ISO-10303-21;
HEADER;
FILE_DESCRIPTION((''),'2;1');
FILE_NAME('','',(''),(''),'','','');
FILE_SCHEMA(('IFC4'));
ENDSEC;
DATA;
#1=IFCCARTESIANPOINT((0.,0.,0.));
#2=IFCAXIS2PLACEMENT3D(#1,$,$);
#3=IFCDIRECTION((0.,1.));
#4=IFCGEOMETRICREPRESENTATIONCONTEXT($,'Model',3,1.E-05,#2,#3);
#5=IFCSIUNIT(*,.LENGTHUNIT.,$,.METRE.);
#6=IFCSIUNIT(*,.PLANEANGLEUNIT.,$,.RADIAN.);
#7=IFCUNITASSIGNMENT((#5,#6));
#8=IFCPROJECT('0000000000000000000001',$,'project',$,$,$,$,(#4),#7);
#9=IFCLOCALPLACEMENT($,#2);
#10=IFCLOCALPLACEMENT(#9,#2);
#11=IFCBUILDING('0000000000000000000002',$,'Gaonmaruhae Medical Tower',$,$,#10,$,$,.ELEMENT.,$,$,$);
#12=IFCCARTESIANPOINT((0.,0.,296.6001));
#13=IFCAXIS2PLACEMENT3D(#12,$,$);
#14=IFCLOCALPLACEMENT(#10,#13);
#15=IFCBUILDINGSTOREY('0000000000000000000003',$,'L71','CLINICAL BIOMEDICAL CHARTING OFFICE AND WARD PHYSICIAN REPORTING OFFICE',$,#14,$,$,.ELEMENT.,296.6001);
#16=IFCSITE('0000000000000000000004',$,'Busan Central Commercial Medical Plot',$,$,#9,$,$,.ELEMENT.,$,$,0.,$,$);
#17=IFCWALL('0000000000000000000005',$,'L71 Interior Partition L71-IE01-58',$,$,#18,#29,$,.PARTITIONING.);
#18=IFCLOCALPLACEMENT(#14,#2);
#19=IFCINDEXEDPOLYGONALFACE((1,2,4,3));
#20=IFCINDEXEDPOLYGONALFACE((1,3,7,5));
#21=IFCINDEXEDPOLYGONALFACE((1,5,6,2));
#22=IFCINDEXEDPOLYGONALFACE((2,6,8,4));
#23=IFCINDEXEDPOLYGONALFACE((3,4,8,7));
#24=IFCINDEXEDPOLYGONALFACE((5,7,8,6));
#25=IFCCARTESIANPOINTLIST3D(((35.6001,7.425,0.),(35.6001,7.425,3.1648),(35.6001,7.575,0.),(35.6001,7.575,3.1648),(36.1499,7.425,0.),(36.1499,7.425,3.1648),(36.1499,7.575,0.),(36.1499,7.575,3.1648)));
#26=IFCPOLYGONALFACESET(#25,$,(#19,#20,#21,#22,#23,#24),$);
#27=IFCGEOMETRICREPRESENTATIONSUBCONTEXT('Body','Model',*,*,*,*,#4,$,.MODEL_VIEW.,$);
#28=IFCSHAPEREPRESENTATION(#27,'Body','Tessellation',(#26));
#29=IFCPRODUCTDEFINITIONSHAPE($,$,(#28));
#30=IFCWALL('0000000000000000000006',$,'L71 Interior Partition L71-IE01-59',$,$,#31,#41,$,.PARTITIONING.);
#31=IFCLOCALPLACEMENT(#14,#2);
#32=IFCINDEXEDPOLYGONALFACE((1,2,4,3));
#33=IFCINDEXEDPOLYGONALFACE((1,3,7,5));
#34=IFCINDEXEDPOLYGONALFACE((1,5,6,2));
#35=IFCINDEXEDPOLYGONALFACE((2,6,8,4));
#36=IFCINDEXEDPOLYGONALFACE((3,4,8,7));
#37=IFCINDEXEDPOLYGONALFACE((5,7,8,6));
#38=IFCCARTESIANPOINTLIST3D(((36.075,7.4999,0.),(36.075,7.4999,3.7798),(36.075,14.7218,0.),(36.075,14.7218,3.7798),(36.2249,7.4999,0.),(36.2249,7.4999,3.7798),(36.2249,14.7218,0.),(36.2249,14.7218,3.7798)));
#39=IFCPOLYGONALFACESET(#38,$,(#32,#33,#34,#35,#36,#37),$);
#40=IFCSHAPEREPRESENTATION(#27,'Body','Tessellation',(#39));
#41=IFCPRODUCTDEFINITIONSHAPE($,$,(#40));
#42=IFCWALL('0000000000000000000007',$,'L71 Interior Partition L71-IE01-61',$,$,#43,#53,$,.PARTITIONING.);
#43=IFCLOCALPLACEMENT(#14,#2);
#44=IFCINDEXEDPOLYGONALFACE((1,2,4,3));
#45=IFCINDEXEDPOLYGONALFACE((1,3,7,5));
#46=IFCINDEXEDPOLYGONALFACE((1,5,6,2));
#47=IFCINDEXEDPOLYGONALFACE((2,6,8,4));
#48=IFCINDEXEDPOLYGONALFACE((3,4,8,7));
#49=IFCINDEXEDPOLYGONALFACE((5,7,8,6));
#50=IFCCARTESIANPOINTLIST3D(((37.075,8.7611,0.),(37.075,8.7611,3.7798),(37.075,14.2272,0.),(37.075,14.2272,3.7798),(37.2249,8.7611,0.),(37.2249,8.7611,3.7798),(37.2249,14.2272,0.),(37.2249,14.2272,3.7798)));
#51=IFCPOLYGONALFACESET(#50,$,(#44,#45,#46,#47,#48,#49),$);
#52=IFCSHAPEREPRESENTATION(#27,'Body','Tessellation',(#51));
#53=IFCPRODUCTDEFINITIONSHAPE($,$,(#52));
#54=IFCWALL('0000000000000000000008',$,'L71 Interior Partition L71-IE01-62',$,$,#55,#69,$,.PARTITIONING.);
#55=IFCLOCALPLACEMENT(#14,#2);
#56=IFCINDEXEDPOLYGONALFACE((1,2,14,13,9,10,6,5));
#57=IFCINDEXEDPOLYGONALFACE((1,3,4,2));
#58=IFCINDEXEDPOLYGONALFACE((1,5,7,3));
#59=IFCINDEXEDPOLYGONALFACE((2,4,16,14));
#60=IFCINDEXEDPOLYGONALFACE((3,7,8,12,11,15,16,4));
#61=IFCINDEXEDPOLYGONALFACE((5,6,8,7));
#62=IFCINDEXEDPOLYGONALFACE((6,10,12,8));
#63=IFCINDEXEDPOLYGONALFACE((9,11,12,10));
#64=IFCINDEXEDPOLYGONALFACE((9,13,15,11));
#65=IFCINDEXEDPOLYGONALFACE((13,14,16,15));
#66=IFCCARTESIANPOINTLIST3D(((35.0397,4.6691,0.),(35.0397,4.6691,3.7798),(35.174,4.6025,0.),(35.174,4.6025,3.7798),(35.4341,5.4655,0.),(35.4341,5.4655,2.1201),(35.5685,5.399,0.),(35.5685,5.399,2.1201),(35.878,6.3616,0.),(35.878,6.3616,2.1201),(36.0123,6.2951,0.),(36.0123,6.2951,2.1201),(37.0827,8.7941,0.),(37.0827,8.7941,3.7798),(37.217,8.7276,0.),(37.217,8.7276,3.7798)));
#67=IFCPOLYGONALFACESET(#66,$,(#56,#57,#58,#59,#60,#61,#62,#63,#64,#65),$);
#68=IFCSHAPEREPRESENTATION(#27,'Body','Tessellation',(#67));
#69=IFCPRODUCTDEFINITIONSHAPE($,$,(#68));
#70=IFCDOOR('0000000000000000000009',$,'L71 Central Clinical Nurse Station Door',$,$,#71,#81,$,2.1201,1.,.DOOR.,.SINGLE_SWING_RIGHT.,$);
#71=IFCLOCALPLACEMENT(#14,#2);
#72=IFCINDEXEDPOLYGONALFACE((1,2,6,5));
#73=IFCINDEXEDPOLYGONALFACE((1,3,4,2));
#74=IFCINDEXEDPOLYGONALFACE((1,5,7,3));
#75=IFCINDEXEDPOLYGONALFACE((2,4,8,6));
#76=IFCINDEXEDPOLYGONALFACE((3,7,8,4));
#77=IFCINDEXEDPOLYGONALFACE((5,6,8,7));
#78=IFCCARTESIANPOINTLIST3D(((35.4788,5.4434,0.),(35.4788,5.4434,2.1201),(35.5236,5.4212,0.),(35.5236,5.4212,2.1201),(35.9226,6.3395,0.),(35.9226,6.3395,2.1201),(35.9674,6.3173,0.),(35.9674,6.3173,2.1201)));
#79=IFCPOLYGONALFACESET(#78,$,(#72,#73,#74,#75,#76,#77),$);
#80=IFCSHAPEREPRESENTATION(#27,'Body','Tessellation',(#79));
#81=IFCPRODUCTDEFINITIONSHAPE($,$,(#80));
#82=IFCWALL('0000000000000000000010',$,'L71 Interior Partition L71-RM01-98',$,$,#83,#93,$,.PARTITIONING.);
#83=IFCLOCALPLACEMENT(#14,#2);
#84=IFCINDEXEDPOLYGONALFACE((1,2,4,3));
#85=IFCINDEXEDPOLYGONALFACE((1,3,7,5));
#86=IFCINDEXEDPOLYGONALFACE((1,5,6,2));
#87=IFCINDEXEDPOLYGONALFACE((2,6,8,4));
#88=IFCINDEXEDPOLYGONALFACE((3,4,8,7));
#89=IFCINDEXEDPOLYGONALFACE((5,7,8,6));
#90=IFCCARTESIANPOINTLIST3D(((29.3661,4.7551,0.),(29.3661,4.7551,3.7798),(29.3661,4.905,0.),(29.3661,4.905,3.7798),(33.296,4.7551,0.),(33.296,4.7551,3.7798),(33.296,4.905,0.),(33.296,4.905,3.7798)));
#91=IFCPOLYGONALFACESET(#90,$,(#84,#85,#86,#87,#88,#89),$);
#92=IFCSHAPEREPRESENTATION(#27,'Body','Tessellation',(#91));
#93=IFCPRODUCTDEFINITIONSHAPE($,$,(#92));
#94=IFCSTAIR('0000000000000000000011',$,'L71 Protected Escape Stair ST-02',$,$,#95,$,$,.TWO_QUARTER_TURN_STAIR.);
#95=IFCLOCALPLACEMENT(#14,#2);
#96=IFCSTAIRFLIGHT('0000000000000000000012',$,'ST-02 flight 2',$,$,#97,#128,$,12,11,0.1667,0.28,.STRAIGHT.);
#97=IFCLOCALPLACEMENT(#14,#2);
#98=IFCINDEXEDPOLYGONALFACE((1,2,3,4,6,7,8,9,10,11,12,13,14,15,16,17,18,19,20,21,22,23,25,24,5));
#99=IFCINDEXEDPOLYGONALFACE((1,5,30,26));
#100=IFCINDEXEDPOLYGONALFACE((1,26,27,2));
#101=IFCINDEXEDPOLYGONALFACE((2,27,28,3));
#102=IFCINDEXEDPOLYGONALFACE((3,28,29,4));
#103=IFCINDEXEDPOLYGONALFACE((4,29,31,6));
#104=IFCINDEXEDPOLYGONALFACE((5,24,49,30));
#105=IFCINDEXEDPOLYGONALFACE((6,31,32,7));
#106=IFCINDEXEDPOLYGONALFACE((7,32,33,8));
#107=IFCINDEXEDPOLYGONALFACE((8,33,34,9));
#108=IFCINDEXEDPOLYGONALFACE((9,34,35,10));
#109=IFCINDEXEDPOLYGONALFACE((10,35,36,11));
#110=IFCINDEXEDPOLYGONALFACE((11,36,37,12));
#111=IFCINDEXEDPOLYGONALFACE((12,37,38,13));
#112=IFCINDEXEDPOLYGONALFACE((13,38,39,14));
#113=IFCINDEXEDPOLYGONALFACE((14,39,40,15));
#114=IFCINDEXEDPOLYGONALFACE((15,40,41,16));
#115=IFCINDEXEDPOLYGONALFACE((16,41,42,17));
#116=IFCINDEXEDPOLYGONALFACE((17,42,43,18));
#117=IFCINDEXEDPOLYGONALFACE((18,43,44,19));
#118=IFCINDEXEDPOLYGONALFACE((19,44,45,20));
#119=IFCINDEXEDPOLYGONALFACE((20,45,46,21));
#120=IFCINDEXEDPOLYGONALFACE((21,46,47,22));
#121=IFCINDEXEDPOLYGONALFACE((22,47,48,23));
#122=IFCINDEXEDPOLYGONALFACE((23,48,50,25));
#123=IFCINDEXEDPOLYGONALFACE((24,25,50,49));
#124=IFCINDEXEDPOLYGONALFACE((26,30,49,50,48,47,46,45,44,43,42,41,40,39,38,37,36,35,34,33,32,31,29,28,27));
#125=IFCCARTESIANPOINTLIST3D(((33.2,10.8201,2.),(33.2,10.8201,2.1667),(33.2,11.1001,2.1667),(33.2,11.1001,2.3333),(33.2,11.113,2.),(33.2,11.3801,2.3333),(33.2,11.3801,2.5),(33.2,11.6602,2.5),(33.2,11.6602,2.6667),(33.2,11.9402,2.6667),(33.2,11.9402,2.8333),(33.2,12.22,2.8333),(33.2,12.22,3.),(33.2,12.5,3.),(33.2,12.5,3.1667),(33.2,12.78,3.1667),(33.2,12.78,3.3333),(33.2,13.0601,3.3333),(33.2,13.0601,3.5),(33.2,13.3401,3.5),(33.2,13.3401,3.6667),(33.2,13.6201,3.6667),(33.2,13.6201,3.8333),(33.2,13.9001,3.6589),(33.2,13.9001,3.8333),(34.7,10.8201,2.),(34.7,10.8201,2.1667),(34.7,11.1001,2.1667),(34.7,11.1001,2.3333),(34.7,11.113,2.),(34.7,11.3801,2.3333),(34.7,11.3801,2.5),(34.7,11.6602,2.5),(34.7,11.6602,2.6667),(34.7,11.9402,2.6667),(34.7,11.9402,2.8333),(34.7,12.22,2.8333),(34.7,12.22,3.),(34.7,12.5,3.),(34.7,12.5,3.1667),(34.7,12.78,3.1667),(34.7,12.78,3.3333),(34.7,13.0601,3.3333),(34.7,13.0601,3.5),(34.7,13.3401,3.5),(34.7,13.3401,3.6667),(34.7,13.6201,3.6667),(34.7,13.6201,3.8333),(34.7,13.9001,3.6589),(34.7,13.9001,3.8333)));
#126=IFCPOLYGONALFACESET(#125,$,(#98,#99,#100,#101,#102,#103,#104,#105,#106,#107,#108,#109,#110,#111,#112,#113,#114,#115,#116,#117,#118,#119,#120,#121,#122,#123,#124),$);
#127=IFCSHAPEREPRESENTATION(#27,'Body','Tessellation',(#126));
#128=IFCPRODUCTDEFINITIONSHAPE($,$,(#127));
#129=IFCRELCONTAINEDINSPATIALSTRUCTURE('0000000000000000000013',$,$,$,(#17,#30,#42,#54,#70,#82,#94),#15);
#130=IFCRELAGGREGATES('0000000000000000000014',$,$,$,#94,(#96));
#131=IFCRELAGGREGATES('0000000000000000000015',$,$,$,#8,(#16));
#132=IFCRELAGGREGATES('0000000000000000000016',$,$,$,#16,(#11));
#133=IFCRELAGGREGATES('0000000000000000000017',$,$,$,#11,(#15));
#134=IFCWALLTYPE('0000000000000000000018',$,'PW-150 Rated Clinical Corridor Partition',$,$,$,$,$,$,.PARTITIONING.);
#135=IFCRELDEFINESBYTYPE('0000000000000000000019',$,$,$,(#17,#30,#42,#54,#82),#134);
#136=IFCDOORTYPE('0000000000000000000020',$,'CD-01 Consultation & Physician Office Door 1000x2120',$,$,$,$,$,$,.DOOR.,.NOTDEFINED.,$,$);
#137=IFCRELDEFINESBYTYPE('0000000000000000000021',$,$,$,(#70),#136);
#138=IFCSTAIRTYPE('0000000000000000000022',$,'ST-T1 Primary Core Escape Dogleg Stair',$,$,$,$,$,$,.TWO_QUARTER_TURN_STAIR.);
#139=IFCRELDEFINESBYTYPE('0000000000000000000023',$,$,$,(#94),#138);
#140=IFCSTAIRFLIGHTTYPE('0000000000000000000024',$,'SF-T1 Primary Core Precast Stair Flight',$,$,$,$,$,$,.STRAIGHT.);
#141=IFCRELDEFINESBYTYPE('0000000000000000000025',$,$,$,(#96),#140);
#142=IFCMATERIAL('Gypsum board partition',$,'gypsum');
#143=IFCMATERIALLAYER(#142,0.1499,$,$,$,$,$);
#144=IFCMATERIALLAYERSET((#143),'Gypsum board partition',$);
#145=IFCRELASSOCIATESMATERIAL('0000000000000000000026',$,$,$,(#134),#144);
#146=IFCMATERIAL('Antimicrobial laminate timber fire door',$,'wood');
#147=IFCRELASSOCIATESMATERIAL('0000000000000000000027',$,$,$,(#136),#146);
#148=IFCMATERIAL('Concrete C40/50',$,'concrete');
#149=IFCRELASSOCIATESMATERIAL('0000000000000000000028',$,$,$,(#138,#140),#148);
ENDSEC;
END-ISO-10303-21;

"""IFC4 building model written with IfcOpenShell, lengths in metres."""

from ifc_helpers import new_model, si_unit, direction, frame, frame_2d, origin, place, context, subcontext, project, spatial, polyline, rectangle, outline, extrude, material, layer, layer_set, type_object, element, fill, aggregate, save


model = new_model("IFC4")

# Units and contexts
model_context = context("Model", 3, precision=1e-05, world=origin(), true_north=direction((0.0, 1.0)))
body_context = subcontext(model_context, "Body", "Model", "MODEL_VIEW")
ifc_project = project(units=[si_unit("LENGTHUNIT", "METRE"), si_unit("PLANEANGLEUNIT", "RADIAN")], contexts=[model_context])

# Site, building, storey
site_placement = place(None, origin())
site = spatial("IfcSite", under=ifc_project, at=site_placement, Name="Busan Central Commercial Medical Plot", CompositionType="ELEMENT", RefElevation=0.0)
building_placement = place(site_placement, origin())
building = spatial("IfcBuilding", under=site, at=building_placement, Name="Gaonmaruhae Medical Tower", CompositionType="ELEMENT")
storey_placement = place(building_placement, frame((0.0, 0.0, 296.6001)))
storey = spatial("IfcBuildingStorey", under=building, at=storey_placement, Name="L71", Description="CLINICAL BIOMEDICAL CHARTING OFFICE AND WARD PHYSICIAN REPORTING OFFICE", CompositionType="ELEMENT", Elevation=296.6001)

# Walls
ifc_material_1 = material(Name="Gypsum board partition", Category="gypsum")
ifc_layer_1 = layer(ifc_material_1, 0.1499)
ifc_layer_set_1 = layer_set([ifc_layer_1], Name="Gypsum board partition")
wall_type_1 = type_object("IfcWallType", Name="PW-150 Rated Clinical Corridor Partition", PredefinedType="PARTITIONING", material=ifc_layer_set_1)
wall_1_placement = place(storey_placement, frame((35.6001, 7.5, 0.0), z_axis=(0.0, 0.0, 1.0), x_axis=(1.0, 0.0, 0.0)))
element("IfcWall", 1, at=wall_1_placement, inside=storey, type_object=wall_type_1, Name="L71 Interior Partition L71-IE01-58", PredefinedType="PARTITIONING", context=body_context, shape_type="SweptSolid", body=[
    extrude(rectangle(XDim=0.5498, YDim=0.1499, at=frame_2d((0.2749, 0.0))), origin(), (0.0, 0.0, 1.0), 3.1648),
])
wall_2_placement = place(storey_placement, frame((36.1499, 7.5, 0.0), z_axis=(0.0, 0.0, 1.0), x_axis=(0.0, 1.0, 0.0)))
element("IfcWall", 2, at=wall_2_placement, inside=storey, type_object=wall_type_1, Name="L71 Interior Partition L71-IE01-59", PredefinedType="PARTITIONING", context=body_context, shape_type="SweptSolid", body=[
    extrude(rectangle(XDim=7.2219, YDim=0.1499, at=frame_2d((3.6108, 0.0))), origin(), (0.0, 0.0, 1.0), 3.7798),
])
wall_3_placement = place(storey_placement, frame((37.1499, 14.2271, 0.0), z_axis=(0.0, 0.0, 1.0), x_axis=(0.0, -1.0, 0.0)))
element("IfcWall", 3, at=wall_3_placement, inside=storey, type_object=wall_type_1, Name="L71 Interior Partition L71-IE01-61", PredefinedType="PARTITIONING", context=body_context, shape_type="SweptSolid", body=[
    extrude(rectangle(XDim=5.4661, YDim=0.1499, at=frame_2d((2.7329, 0.0))), origin(), (0.0, 0.0, 1.0), 3.7798),
])

# Wall, opening, door
wall_4_placement = place(storey_placement, frame((37.1499, 8.761, 0.0), z_axis=(0.0, 0.0, 1.0), x_axis=(-0.443816, -0.896118, 0.0)))
wall_4 = element("IfcWall", 4, at=wall_4_placement, inside=storey, type_object=wall_type_1, Name="L71 Interior Partition L71-IE01-62", PredefinedType="PARTITIONING", context=body_context, shape_type="SweptSolid", body=[
    extrude(rectangle(XDim=4.6033, YDim=0.1499, at=frame_2d((2.3018, 0.0))), origin(), (0.0, 0.0, 1.0), 3.7798),
])
opening_placement = place(wall_4_placement, frame((2.7146, 0.0, 0.0)))
opening = element("IfcOpeningElement", 5, at=opening_placement, cuts=wall_4, PredefinedType="OPENING", context=body_context, shape_type="SweptSolid", body=[
    extrude(rectangle(XDim=1.0, YDim=2.1201, at=frame_2d((0.5, 1.0601))), frame((0.0, 0.085, 0.0), z_axis=(0.0, -1.0, 0.0), x_axis=(1.0, 0.0, 0.0)), (0.0, 0.0, 1.0), 0.1699),
])
ifc_material_2 = material(Name="Antimicrobial laminate timber fire door", Category="wood")
door_type = type_object("IfcDoorType", Name="CD-01 Consultation & Physician Office Door 1000x2120", OperationType="NOTDEFINED", PredefinedType="DOOR", material=ifc_material_2)
door_placement = place(opening_placement, origin())
door = element("IfcDoor", 6, at=door_placement, inside=storey, type_object=door_type, Name="L71 Central Clinical Nurse Station Door", OperationType="SINGLE_SWING_RIGHT", OverallHeight=2.1201, OverallWidth=1.0, PredefinedType="DOOR", context=body_context, shape_type="SweptSolid", body=[
    extrude(rectangle(XDim=1.0, YDim=2.1201, at=frame_2d((0.5, 1.0601))), frame((0.0, 0.0249, 0.0), z_axis=(0.0, -1.0, 0.0), x_axis=(1.0, 0.0, 0.0)), (0.0, 0.0, 1.0), 0.05),
])
fill(opening, door)

# Wall
wall_5_placement = place(storey_placement, frame((33.2959, 4.8301, 0.0), z_axis=(0.0, 0.0, 1.0), x_axis=(-1.0, 0.0, 0.0)))
element("IfcWall", 7, at=wall_5_placement, inside=storey, type_object=wall_type_1, Name="L71 Interior Partition L71-RM01-98", PredefinedType="PARTITIONING", context=body_context, shape_type="SweptSolid", body=[
    extrude(rectangle(XDim=3.9299, YDim=0.1499, at=frame_2d((1.9648, 0.0))), origin(), (0.0, 0.0, 1.0), 3.7798),
])

# Stair, stair flight
ifc_material_3 = material(Name="Concrete C40/50", Category="concrete")
stair_type = type_object("IfcStairType", Name="ST-T1 Primary Core Escape Dogleg Stair", PredefinedType="TWO_QUARTER_TURN_STAIR", material=ifc_material_3)
stair_placement = place(storey_placement, origin())
stair = element("IfcStair", 8, at=stair_placement, inside=storey, type_object=stair_type, Name="L71 Protected Escape Stair ST-02", PredefinedType="TWO_QUARTER_TURN_STAIR")
stair_flight_type = type_object("IfcStairFlightType", Name="SF-T1 Primary Core Precast Stair Flight", PredefinedType="STRAIGHT", material=ifc_material_3)
stair_flight_placement = place(storey_placement, frame((33.95, 10.8201, 2.0), z_axis=(0.0, 0.0, 1.0), x_axis=(0.0, 1.0, 0.0)))
stair_flight = element("IfcStairFlight", 9, at=stair_flight_placement, type_object=stair_flight_type, Name="ST-02 flight 2", NumberOfRisers=12, NumberOfTreads=11, PredefinedType="STRAIGHT", RiserHeight=0.1667, TreadLength=0.28, context=body_context, shape_type="SweptSolid", body=[
    extrude(outline(polyline([(0.0, 0.0), (0.0, 0.1667), (0.28, 0.1667), (0.28, 0.3333), (0.5601, 0.3333), (0.5601, 0.5), (0.8401, 0.5), (0.8401, 0.6667), (1.1201, 0.6667), (1.1201, 0.8333), (1.3999, 0.8333), (1.3999, 1.0), (1.6799, 1.0), (1.6799, 1.1667), (1.96, 1.1667), (1.96, 1.3333), (2.24, 1.3333), (2.24, 1.5), (2.52, 1.5), (2.52, 1.6667), (2.8, 1.6667), (2.8, 1.8333), (3.0801, 1.8333), (3.0801, 2.0), (3.0801, 1.6589), (0.293, 0.0), (0.0, 0.0)])), frame((0.0, 0.75, 0.0), z_axis=(0.0, -1.0, 0.0), x_axis=(1.0, 0.0, 0.0)), (0.0, 0.0, 1.0), 1.5),
])
aggregate(stair, [stair_flight])

save(model, "model.ifc")
